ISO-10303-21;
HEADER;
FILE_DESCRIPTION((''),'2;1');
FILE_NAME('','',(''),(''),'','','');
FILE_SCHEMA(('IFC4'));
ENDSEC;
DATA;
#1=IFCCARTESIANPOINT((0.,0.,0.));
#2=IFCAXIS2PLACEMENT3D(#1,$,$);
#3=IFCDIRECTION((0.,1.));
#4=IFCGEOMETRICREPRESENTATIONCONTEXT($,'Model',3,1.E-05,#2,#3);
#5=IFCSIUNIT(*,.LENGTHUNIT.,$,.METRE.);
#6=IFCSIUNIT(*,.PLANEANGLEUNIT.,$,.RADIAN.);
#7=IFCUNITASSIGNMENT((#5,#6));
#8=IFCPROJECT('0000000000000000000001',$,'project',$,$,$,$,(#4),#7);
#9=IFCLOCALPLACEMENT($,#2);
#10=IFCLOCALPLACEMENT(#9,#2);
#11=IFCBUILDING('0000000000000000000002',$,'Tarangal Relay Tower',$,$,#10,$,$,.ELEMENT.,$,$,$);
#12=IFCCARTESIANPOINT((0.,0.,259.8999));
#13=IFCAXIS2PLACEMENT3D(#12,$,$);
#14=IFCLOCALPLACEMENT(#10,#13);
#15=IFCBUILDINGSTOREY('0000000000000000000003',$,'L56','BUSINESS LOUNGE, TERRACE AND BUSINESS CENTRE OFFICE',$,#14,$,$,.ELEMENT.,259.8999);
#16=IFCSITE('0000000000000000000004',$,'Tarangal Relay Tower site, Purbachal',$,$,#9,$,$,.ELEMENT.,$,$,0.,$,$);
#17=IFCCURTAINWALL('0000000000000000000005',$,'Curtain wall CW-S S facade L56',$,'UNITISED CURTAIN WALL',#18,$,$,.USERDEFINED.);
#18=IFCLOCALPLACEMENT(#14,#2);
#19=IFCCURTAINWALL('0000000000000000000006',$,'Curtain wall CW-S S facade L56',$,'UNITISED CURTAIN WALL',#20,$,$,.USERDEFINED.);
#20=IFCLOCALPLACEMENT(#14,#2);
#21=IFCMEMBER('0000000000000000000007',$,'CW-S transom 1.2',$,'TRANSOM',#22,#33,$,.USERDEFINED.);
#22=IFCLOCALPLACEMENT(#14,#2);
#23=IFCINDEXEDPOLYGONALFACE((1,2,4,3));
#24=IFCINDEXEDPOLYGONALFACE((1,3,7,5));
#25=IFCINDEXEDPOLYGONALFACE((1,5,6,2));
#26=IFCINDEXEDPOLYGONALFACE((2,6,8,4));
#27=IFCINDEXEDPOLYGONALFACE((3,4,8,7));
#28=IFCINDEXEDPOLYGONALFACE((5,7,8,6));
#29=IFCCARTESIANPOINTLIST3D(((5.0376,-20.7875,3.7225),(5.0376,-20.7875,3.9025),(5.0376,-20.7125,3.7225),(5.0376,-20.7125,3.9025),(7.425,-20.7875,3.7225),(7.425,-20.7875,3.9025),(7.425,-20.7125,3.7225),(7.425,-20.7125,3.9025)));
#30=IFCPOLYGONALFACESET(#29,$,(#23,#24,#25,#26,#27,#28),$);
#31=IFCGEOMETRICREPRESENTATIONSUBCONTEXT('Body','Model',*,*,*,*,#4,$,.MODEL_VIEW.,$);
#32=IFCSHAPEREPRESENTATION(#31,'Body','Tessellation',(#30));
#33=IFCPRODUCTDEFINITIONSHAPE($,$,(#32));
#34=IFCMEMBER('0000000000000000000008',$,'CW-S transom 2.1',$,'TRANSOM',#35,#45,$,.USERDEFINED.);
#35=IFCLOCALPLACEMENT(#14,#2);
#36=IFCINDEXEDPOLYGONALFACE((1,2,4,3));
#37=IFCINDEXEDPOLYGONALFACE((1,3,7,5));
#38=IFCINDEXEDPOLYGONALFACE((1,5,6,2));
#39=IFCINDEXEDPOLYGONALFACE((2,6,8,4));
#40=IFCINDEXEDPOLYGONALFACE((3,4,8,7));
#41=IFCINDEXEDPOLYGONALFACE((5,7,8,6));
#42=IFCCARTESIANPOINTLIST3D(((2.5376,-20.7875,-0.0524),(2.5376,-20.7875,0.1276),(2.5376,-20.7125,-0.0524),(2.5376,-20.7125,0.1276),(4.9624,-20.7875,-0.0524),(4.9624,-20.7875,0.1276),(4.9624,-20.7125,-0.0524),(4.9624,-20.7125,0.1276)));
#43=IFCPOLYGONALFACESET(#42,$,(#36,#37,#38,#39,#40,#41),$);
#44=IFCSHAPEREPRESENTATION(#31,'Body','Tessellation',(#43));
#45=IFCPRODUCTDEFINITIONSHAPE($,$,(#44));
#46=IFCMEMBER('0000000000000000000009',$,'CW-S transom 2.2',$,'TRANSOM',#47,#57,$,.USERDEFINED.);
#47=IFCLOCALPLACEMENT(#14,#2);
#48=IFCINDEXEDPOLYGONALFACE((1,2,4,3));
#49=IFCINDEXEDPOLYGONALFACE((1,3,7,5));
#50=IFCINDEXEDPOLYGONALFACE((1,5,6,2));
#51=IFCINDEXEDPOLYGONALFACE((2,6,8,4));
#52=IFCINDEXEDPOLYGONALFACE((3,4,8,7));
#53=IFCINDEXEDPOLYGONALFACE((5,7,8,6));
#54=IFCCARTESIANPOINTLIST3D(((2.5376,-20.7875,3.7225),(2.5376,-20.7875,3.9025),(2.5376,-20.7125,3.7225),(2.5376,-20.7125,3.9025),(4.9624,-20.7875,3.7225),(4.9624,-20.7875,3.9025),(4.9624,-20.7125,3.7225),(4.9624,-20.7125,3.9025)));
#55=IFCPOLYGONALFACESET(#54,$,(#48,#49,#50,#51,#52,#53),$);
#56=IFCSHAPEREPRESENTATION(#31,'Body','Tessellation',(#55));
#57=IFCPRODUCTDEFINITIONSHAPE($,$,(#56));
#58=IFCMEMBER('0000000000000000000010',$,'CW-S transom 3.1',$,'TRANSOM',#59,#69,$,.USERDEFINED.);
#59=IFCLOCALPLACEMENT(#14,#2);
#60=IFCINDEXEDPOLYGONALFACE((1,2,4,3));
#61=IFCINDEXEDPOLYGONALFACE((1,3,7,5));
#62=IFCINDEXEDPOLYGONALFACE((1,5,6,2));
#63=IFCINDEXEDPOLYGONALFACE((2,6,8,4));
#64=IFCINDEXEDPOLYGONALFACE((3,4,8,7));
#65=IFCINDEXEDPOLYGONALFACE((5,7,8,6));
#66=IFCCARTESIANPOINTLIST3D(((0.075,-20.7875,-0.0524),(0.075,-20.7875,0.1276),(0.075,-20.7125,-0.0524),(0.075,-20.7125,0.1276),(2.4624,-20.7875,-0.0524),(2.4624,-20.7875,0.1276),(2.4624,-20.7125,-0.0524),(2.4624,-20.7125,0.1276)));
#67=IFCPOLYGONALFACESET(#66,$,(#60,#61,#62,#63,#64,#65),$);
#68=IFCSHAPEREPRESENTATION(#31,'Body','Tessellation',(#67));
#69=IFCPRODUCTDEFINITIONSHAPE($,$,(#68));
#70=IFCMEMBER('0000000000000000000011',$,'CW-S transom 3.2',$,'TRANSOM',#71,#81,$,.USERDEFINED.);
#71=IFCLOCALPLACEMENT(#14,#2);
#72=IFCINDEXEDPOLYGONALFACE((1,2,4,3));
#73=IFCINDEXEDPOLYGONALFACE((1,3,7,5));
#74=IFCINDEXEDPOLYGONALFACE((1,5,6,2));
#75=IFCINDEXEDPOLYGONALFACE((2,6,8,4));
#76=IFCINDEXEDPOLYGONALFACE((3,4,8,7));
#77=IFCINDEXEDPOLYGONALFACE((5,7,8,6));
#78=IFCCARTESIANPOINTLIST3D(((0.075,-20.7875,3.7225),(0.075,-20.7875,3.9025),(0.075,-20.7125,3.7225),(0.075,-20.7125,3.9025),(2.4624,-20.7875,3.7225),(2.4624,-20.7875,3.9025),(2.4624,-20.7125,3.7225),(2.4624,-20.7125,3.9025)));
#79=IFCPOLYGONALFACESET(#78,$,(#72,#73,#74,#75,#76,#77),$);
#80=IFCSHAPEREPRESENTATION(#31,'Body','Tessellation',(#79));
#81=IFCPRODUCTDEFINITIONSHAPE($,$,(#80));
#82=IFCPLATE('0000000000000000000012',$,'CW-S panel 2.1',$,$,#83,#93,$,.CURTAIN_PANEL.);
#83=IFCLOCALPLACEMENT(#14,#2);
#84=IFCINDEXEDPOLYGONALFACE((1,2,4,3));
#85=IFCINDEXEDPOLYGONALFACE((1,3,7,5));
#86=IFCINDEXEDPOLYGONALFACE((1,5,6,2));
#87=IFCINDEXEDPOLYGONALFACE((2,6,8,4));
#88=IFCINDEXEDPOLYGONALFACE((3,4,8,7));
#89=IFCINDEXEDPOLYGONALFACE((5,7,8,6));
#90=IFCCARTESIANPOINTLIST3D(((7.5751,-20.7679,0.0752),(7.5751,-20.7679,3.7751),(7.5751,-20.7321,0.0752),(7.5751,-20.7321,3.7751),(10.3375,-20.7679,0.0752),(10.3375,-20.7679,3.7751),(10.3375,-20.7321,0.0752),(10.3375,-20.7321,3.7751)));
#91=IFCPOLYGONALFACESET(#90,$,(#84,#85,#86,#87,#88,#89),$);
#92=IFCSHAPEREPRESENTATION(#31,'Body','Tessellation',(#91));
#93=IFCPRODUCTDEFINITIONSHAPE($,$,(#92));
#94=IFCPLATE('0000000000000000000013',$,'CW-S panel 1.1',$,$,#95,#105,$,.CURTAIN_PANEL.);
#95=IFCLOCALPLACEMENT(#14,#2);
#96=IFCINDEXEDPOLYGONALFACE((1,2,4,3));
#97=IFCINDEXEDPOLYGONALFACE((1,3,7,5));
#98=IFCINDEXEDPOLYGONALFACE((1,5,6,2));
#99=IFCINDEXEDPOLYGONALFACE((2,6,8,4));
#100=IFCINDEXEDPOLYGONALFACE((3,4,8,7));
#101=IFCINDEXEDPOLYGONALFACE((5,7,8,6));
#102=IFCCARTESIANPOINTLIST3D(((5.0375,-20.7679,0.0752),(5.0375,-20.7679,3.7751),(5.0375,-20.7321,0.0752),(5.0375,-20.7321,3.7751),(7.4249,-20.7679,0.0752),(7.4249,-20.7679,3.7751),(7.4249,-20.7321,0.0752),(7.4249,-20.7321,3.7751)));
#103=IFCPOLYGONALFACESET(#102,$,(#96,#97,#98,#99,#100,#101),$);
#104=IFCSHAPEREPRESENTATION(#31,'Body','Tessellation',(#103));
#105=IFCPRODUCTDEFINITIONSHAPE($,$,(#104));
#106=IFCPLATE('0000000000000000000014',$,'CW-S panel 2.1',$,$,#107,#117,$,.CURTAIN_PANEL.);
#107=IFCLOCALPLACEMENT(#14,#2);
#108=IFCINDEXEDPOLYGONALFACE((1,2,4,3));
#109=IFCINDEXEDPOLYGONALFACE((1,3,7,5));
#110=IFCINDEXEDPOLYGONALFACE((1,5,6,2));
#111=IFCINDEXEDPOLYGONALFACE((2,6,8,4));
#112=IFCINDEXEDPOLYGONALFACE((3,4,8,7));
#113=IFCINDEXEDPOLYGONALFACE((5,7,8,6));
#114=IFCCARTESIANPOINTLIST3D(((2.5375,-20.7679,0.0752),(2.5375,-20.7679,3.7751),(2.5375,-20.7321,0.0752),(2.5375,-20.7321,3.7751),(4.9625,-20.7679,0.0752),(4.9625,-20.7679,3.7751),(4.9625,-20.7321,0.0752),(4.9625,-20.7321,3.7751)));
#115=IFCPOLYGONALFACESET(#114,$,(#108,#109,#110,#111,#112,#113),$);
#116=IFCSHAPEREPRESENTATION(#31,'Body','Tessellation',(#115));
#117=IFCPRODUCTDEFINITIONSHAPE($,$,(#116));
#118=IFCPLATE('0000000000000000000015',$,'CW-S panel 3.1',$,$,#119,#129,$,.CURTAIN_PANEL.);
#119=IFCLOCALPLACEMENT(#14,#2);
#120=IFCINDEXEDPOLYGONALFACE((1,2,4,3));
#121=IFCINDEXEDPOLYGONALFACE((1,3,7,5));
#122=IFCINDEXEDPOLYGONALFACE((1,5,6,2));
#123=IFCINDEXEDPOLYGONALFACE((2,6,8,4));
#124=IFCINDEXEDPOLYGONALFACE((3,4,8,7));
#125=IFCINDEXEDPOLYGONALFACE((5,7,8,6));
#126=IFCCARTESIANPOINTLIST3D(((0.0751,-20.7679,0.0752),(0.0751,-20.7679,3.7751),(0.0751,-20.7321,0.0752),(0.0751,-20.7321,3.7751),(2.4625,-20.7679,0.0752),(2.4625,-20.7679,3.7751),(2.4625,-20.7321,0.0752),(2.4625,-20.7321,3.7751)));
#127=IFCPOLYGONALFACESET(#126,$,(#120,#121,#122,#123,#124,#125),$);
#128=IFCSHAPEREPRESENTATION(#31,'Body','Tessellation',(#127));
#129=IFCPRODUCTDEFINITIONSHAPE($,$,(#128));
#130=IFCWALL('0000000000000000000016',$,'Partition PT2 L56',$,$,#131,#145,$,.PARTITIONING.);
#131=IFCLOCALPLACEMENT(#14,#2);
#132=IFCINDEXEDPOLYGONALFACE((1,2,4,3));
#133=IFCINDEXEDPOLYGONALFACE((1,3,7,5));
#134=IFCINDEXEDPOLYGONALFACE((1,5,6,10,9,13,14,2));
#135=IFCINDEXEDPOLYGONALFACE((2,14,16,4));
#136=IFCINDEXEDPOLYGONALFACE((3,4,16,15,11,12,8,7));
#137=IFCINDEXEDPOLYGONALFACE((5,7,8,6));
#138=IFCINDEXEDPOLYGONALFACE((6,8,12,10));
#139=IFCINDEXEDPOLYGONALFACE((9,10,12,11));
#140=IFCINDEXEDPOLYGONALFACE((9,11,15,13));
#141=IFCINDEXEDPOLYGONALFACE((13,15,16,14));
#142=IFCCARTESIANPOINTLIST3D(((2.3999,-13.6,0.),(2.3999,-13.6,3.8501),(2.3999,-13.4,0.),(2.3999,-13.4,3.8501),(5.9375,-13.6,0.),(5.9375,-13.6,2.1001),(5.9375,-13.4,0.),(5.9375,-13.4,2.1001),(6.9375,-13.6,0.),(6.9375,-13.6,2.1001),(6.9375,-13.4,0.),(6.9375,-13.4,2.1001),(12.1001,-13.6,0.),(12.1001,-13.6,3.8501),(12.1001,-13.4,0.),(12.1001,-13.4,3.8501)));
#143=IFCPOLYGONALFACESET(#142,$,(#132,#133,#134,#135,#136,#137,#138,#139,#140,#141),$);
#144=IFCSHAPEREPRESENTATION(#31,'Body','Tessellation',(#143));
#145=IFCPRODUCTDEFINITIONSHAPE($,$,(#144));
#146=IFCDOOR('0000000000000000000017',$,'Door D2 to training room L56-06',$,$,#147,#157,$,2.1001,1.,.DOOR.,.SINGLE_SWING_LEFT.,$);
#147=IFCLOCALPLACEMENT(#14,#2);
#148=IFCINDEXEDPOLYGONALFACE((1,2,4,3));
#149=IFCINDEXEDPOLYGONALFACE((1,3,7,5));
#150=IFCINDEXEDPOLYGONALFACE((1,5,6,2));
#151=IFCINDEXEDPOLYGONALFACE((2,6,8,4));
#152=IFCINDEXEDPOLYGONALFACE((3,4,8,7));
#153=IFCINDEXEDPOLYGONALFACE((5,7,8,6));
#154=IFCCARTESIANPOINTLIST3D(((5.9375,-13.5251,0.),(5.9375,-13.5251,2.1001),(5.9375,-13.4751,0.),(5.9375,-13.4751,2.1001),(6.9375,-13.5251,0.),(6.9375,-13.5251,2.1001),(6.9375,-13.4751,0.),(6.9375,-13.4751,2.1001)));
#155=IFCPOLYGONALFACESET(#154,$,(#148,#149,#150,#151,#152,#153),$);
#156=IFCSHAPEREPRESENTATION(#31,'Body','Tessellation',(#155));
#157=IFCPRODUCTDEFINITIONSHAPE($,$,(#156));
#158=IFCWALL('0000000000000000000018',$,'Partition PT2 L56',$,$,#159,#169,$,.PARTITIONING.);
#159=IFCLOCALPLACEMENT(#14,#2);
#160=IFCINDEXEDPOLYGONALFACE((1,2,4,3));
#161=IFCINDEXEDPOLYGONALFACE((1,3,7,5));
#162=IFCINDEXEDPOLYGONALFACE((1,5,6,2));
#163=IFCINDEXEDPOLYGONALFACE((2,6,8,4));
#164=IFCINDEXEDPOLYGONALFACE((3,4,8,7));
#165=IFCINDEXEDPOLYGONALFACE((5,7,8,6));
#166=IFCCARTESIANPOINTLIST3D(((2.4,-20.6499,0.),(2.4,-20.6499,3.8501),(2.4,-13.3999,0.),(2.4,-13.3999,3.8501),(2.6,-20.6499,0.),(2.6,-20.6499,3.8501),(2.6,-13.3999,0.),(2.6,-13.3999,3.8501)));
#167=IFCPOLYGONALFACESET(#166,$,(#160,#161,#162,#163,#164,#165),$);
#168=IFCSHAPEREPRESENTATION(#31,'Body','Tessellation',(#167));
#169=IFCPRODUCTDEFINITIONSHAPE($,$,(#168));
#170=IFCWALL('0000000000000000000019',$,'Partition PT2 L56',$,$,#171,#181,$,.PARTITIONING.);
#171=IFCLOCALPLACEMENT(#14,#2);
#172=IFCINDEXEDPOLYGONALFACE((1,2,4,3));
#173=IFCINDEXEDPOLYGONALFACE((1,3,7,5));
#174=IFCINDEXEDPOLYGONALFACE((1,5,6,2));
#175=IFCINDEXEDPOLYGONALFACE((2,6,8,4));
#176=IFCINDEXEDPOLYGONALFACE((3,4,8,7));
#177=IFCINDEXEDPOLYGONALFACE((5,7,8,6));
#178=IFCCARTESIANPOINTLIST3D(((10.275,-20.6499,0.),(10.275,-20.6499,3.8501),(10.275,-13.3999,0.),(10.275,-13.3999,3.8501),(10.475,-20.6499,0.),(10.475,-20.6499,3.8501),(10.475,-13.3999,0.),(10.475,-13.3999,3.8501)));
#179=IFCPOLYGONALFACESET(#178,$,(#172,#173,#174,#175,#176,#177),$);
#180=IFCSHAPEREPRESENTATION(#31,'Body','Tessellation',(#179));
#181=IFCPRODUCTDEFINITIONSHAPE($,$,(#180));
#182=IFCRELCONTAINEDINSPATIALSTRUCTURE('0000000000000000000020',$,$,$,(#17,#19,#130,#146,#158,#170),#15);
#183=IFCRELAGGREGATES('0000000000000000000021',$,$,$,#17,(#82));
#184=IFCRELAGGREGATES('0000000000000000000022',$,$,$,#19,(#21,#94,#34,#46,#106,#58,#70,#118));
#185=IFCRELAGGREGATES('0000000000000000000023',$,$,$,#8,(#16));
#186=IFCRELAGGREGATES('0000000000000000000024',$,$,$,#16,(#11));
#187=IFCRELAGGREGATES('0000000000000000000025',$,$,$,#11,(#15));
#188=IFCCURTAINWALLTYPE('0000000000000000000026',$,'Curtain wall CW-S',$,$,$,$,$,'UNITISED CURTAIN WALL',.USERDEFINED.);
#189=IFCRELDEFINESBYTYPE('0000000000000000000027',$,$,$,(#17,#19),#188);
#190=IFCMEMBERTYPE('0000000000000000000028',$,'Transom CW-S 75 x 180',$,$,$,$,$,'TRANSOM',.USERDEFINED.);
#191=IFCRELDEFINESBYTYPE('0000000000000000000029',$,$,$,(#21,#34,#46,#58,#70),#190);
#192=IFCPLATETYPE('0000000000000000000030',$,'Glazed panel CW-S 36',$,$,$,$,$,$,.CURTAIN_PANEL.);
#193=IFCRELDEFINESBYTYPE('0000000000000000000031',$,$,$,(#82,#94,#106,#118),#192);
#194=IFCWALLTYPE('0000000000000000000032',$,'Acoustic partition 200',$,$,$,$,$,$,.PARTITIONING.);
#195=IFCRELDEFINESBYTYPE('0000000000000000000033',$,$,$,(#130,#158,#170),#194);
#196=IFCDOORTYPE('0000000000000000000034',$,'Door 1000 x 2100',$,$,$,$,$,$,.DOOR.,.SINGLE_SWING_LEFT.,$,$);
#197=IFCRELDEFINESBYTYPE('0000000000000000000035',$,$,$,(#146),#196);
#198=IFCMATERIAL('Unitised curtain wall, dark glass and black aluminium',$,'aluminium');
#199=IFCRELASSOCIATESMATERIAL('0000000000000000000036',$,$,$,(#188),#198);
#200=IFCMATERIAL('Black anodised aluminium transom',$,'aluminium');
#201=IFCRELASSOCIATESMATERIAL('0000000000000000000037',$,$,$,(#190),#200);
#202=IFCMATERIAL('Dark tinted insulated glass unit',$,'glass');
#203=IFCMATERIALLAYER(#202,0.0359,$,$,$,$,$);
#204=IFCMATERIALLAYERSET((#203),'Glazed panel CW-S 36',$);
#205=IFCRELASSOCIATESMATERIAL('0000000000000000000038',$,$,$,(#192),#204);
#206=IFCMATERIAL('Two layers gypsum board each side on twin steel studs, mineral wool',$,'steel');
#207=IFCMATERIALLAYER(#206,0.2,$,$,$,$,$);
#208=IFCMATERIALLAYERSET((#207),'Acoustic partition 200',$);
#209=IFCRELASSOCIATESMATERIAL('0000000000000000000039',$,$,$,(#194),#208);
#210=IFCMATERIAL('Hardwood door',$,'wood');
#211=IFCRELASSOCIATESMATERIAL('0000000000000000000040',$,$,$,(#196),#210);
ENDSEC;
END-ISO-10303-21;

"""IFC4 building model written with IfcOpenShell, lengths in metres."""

from ifc_helpers import new_model, si_unit, direction, frame, frame_2d, origin, origin_2d, place, context, subcontext, project, spatial, rectangle, extrude, material, layer, layer_set, material_profile, profile_set, type_object, element, fill, aggregate, save


model = new_model("IFC4")

# Units and contexts
model_context = context("Model", 3, precision=1e-05, world=origin(), true_north=direction((0.0, 1.0)))
body_context = subcontext(model_context, "Body", "Model", "MODEL_VIEW")
ifc_project = project(units=[si_unit("LENGTHUNIT", "METRE"), si_unit("PLANEANGLEUNIT", "RADIAN")], contexts=[model_context])

# Site, building, storey
site_placement = place(None, origin())
site = spatial("IfcSite", under=ifc_project, at=site_placement, Name="Tarangal Relay Tower site, Purbachal", CompositionType="ELEMENT", RefElevation=0.0)
building_placement = place(site_placement, origin())
building = spatial("IfcBuilding", under=site, at=building_placement, Name="Tarangal Relay Tower", CompositionType="ELEMENT")
storey_placement = place(building_placement, frame((0.0, 0.0, 259.8999)))
storey = spatial("IfcBuildingStorey", under=building, at=storey_placement, Name="L56", Description="BUSINESS LOUNGE, TERRACE AND BUSINESS CENTRE OFFICE", CompositionType="ELEMENT", Elevation=259.8999)

# Curtain walls
ifc_material_1 = material(Name="Unitised curtain wall, dark glass and black aluminium", Category="aluminium")
curtain_wall_type = type_object("IfcCurtainWallType", Name="Curtain wall CW-S", ElementType="UNITISED CURTAIN WALL", PredefinedType="USERDEFINED", material=ifc_material_1)
curtain_wall_1_placement = place(storey_placement, origin())
curtain_wall_1 = element("IfcCurtainWall", 1, at=curtain_wall_1_placement, inside=storey, type_object=curtain_wall_type, Name="Curtain wall CW-S S facade L56", ObjectType="UNITISED CURTAIN WALL", PredefinedType="USERDEFINED")
curtain_wall_2_placement = place(storey_placement, origin())
curtain_wall_2 = element("IfcCurtainWall", 2, at=curtain_wall_2_placement, inside=storey, type_object=curtain_wall_type, Name="Curtain wall CW-S S facade L56", ObjectType="UNITISED CURTAIN WALL", PredefinedType="USERDEFINED")

# Members
ifc_material_2 = material(Name="Black anodised aluminium transom", Category="aluminium")
ifc_material_profile_1 = material_profile(ifc_material_2, rectangle(XDim=0.075, YDim=0.1799, at=origin_2d()), Name="CW-ST 75X180")
ifc_profile_set_1 = profile_set([ifc_material_profile_1], Name="Black anodised aluminium transom")
member_type_1 = type_object("IfcMemberType", Name="Transom CW-S 75 x 180", ElementType="TRANSOM", PredefinedType="USERDEFINED", material=ifc_profile_set_1)
member_1_placement = place(storey_placement, frame((7.425, -20.75, 3.8125), z_axis=(-1.0, 0.0, 0.0), x_axis=(0.0, -1.0, 0.0)))
member_1 = element("IfcMember", 3, at=member_1_placement, type_object=member_type_1, Name="CW-S transom 1.2", ObjectType="TRANSOM", PredefinedType="USERDEFINED", context=body_context, shape_type="SweptSolid", body=[
    extrude(rectangle(XDim=0.075, YDim=0.1799, at=origin_2d()), origin(), (0.0, 0.0, 1.0), 2.3875),
])
member_2_placement = place(storey_placement, frame((4.9624, -20.75, 0.0376), z_axis=(-1.0, 0.0, 0.0), x_axis=(0.0, -1.0, 0.0)))
member_2 = element("IfcMember", 4, at=member_2_placement, type_object=member_type_1, Name="CW-S transom 2.1", ObjectType="TRANSOM", PredefinedType="USERDEFINED", context=body_context, shape_type="SweptSolid", body=[
    extrude(rectangle(XDim=0.075, YDim=0.1799, at=origin_2d()), origin(), (0.0, 0.0, 1.0), 2.4248),
])
member_3_placement = place(storey_placement, frame((4.9624, -20.75, 3.8125), z_axis=(-1.0, 0.0, 0.0), x_axis=(0.0, -1.0, 0.0)))
member_3 = element("IfcMember", 5, at=member_3_placement, type_object=member_type_1, Name="CW-S transom 2.2", ObjectType="TRANSOM", PredefinedType="USERDEFINED", context=body_context, shape_type="SweptSolid", body=[
    extrude(rectangle(XDim=0.075, YDim=0.1799, at=origin_2d()), origin(), (0.0, 0.0, 1.0), 2.4248),
])
member_4_placement = place(storey_placement, frame((2.4624, -20.75, 0.0376), z_axis=(-1.0, 0.0, 0.0), x_axis=(0.0, -1.0, 0.0)))
member_4 = element("IfcMember", 6, at=member_4_placement, type_object=member_type_1, Name="CW-S transom 3.1", ObjectType="TRANSOM", PredefinedType="USERDEFINED", context=body_context, shape_type="SweptSolid", body=[
    extrude(rectangle(XDim=0.075, YDim=0.1799, at=origin_2d()), origin(), (0.0, 0.0, 1.0), 2.3875),
])
member_5_placement = place(storey_placement, frame((2.4624, -20.75, 3.8125), z_axis=(-1.0, 0.0, 0.0), x_axis=(0.0, -1.0, 0.0)))
member_5 = element("IfcMember", 7, at=member_5_placement, type_object=member_type_1, Name="CW-S transom 3.2", ObjectType="TRANSOM", PredefinedType="USERDEFINED", context=body_context, shape_type="SweptSolid", body=[
    extrude(rectangle(XDim=0.075, YDim=0.1799, at=origin_2d()), origin(), (0.0, 0.0, 1.0), 2.3875),
])

# Plates
ifc_material_3 = material(Name="Dark tinted insulated glass unit", Category="glass")
ifc_layer_1 = layer(ifc_material_3, 0.0359)
ifc_layer_set_1 = layer_set([ifc_layer_1], Name="Glazed panel CW-S 36")
plate_type = type_object("IfcPlateType", Name="Glazed panel CW-S 36", PredefinedType="CURTAIN_PANEL", material=ifc_layer_set_1)
plate_1_placement = place(storey_placement, frame((8.9563, -20.75, 0.0752), z_axis=(0.0, 0.0, 1.0), x_axis=(-1.0, 0.0, 0.0)))
plate_1 = element("IfcPlate", 8, at=plate_1_placement, type_object=plate_type, Name="CW-S panel 2.1", PredefinedType="CURTAIN_PANEL", context=body_context, shape_type="SweptSolid", body=[
    extrude(rectangle(XDim=2.7625, YDim=0.0359, at=origin_2d()), origin(), (0.0, 0.0, 1.0), 3.7),
])
aggregate(curtain_wall_1, [plate_1])
plate_2_placement = place(storey_placement, frame((6.2312, -20.75, 0.0752), z_axis=(0.0, 0.0, 1.0), x_axis=(-1.0, 0.0, 0.0)))
plate_2 = element("IfcPlate", 9, at=plate_2_placement, type_object=plate_type, Name="CW-S panel 1.1", PredefinedType="CURTAIN_PANEL", context=body_context, shape_type="SweptSolid", body=[
    extrude(rectangle(XDim=2.3875, YDim=0.0359, at=origin_2d()), origin(), (0.0, 0.0, 1.0), 3.7),
])
plate_3_placement = place(storey_placement, frame((3.75, -20.75, 0.0752), z_axis=(0.0, 0.0, 1.0), x_axis=(-1.0, 0.0, 0.0)))
plate_3 = element("IfcPlate", 10, at=plate_3_placement, type_object=plate_type, Name="CW-S panel 2.1", PredefinedType="CURTAIN_PANEL", context=body_context, shape_type="SweptSolid", body=[
    extrude(rectangle(XDim=2.425, YDim=0.0359, at=origin_2d()), origin(), (0.0, 0.0, 1.0), 3.7),
])
plate_4_placement = place(storey_placement, frame((1.2688, -20.75, 0.0752), z_axis=(0.0, 0.0, 1.0), x_axis=(-1.0, 0.0, 0.0)))
plate_4 = element("IfcPlate", 11, at=plate_4_placement, type_object=plate_type, Name="CW-S panel 3.1", PredefinedType="CURTAIN_PANEL", context=body_context, shape_type="SweptSolid", body=[
    extrude(rectangle(XDim=2.3875, YDim=0.0359, at=origin_2d()), origin(), (0.0, 0.0, 1.0), 3.7),
])
aggregate(curtain_wall_2, [member_1, plate_2, member_2, member_3, plate_3, member_4, member_5, plate_4])

# Wall, opening, door
ifc_material_4 = material(Name="Two layers gypsum board each side on twin steel studs, mineral wool", Category="steel")
ifc_layer_2 = layer(ifc_material_4, 0.2)
ifc_layer_set_2 = layer_set([ifc_layer_2], Name="Acoustic partition 200")
wall_type_1 = type_object("IfcWallType", Name="Acoustic partition 200", PredefinedType="PARTITIONING", material=ifc_layer_set_2)
wall_1_placement = place(storey_placement, frame((2.3999, -13.5, 0.0), z_axis=(0.0, 0.0, 1.0), x_axis=(1.0, 0.0, 0.0)))
wall_1 = element("IfcWall", 12, at=wall_1_placement, inside=storey, type_object=wall_type_1, Name="Partition PT2 L56", PredefinedType="PARTITIONING", context=body_context, shape_type="SweptSolid", body=[
    extrude(rectangle(XDim=9.7002, YDim=0.2, at=frame_2d((4.8501, 0.0))), origin(), (0.0, 0.0, 1.0), 3.8501),
])
opening_1_placement = place(wall_1_placement, frame((3.5376, 0.0, 0.0)))
opening_1 = element("IfcOpeningElement", 13, at=opening_1_placement, cuts=wall_1, PredefinedType="OPENING", context=body_context, shape_type="SweptSolid", body=[
    extrude(rectangle(XDim=1.0, YDim=2.1001, at=frame_2d((0.5, 1.05))), frame((0.0, 0.1099, 0.0), z_axis=(0.0, -1.0, 0.0), x_axis=(1.0, 0.0, 0.0)), (0.0, 0.0, 1.0), 0.22),
])
ifc_material_5 = material(Name="Hardwood door", Category="wood")
door_type_1 = type_object("IfcDoorType", Name="Door 1000 x 2100", OperationType="SINGLE_SWING_LEFT", PredefinedType="DOOR", material=ifc_material_5)
door_1_placement = place(opening_1_placement, origin())
door_1 = element("IfcDoor", 14, at=door_1_placement, inside=storey, type_object=door_type_1, Name="Door D2 to training room L56-06", OperationType="SINGLE_SWING_LEFT", OverallHeight=2.1001, OverallWidth=1.0, PredefinedType="DOOR", context=body_context, shape_type="SweptSolid", body=[
    extrude(rectangle(XDim=1.0, YDim=2.1001, at=frame_2d((0.5, 1.05))), frame((0.0, 0.0249, 0.0), z_axis=(0.0, -1.0, 0.0), x_axis=(1.0, 0.0, 0.0)), (0.0, 0.0, 1.0), 0.05),
])
fill(opening_1, door_1)

# Walls
for number, where, z_axis, x_axis, name in (
    (15, (2.5, -20.6499, 0.0), (0.0, 0.0, 1.0), (0.0, 1.0, 0.0), "Partition PT2 L56"),
    (16, (10.375, -20.6499, 0.0), (0.0, 0.0, 1.0), (0.0, 1.0, 0.0), "Partition PT2 L56"),
):
    element("IfcWall", number, at=place(storey_placement, frame(where, z_axis=z_axis, x_axis=x_axis)), inside=storey, type_object=wall_type_1, Name=name, PredefinedType="PARTITIONING", context=body_context, shape_type="SweptSolid", body=[
        extrude(rectangle(XDim=7.25, YDim=0.2, at=frame_2d((3.625, 0.0))), origin(), (0.0, 0.0, 1.0), 3.8501),
    ])

save(model, "model.ifc")
